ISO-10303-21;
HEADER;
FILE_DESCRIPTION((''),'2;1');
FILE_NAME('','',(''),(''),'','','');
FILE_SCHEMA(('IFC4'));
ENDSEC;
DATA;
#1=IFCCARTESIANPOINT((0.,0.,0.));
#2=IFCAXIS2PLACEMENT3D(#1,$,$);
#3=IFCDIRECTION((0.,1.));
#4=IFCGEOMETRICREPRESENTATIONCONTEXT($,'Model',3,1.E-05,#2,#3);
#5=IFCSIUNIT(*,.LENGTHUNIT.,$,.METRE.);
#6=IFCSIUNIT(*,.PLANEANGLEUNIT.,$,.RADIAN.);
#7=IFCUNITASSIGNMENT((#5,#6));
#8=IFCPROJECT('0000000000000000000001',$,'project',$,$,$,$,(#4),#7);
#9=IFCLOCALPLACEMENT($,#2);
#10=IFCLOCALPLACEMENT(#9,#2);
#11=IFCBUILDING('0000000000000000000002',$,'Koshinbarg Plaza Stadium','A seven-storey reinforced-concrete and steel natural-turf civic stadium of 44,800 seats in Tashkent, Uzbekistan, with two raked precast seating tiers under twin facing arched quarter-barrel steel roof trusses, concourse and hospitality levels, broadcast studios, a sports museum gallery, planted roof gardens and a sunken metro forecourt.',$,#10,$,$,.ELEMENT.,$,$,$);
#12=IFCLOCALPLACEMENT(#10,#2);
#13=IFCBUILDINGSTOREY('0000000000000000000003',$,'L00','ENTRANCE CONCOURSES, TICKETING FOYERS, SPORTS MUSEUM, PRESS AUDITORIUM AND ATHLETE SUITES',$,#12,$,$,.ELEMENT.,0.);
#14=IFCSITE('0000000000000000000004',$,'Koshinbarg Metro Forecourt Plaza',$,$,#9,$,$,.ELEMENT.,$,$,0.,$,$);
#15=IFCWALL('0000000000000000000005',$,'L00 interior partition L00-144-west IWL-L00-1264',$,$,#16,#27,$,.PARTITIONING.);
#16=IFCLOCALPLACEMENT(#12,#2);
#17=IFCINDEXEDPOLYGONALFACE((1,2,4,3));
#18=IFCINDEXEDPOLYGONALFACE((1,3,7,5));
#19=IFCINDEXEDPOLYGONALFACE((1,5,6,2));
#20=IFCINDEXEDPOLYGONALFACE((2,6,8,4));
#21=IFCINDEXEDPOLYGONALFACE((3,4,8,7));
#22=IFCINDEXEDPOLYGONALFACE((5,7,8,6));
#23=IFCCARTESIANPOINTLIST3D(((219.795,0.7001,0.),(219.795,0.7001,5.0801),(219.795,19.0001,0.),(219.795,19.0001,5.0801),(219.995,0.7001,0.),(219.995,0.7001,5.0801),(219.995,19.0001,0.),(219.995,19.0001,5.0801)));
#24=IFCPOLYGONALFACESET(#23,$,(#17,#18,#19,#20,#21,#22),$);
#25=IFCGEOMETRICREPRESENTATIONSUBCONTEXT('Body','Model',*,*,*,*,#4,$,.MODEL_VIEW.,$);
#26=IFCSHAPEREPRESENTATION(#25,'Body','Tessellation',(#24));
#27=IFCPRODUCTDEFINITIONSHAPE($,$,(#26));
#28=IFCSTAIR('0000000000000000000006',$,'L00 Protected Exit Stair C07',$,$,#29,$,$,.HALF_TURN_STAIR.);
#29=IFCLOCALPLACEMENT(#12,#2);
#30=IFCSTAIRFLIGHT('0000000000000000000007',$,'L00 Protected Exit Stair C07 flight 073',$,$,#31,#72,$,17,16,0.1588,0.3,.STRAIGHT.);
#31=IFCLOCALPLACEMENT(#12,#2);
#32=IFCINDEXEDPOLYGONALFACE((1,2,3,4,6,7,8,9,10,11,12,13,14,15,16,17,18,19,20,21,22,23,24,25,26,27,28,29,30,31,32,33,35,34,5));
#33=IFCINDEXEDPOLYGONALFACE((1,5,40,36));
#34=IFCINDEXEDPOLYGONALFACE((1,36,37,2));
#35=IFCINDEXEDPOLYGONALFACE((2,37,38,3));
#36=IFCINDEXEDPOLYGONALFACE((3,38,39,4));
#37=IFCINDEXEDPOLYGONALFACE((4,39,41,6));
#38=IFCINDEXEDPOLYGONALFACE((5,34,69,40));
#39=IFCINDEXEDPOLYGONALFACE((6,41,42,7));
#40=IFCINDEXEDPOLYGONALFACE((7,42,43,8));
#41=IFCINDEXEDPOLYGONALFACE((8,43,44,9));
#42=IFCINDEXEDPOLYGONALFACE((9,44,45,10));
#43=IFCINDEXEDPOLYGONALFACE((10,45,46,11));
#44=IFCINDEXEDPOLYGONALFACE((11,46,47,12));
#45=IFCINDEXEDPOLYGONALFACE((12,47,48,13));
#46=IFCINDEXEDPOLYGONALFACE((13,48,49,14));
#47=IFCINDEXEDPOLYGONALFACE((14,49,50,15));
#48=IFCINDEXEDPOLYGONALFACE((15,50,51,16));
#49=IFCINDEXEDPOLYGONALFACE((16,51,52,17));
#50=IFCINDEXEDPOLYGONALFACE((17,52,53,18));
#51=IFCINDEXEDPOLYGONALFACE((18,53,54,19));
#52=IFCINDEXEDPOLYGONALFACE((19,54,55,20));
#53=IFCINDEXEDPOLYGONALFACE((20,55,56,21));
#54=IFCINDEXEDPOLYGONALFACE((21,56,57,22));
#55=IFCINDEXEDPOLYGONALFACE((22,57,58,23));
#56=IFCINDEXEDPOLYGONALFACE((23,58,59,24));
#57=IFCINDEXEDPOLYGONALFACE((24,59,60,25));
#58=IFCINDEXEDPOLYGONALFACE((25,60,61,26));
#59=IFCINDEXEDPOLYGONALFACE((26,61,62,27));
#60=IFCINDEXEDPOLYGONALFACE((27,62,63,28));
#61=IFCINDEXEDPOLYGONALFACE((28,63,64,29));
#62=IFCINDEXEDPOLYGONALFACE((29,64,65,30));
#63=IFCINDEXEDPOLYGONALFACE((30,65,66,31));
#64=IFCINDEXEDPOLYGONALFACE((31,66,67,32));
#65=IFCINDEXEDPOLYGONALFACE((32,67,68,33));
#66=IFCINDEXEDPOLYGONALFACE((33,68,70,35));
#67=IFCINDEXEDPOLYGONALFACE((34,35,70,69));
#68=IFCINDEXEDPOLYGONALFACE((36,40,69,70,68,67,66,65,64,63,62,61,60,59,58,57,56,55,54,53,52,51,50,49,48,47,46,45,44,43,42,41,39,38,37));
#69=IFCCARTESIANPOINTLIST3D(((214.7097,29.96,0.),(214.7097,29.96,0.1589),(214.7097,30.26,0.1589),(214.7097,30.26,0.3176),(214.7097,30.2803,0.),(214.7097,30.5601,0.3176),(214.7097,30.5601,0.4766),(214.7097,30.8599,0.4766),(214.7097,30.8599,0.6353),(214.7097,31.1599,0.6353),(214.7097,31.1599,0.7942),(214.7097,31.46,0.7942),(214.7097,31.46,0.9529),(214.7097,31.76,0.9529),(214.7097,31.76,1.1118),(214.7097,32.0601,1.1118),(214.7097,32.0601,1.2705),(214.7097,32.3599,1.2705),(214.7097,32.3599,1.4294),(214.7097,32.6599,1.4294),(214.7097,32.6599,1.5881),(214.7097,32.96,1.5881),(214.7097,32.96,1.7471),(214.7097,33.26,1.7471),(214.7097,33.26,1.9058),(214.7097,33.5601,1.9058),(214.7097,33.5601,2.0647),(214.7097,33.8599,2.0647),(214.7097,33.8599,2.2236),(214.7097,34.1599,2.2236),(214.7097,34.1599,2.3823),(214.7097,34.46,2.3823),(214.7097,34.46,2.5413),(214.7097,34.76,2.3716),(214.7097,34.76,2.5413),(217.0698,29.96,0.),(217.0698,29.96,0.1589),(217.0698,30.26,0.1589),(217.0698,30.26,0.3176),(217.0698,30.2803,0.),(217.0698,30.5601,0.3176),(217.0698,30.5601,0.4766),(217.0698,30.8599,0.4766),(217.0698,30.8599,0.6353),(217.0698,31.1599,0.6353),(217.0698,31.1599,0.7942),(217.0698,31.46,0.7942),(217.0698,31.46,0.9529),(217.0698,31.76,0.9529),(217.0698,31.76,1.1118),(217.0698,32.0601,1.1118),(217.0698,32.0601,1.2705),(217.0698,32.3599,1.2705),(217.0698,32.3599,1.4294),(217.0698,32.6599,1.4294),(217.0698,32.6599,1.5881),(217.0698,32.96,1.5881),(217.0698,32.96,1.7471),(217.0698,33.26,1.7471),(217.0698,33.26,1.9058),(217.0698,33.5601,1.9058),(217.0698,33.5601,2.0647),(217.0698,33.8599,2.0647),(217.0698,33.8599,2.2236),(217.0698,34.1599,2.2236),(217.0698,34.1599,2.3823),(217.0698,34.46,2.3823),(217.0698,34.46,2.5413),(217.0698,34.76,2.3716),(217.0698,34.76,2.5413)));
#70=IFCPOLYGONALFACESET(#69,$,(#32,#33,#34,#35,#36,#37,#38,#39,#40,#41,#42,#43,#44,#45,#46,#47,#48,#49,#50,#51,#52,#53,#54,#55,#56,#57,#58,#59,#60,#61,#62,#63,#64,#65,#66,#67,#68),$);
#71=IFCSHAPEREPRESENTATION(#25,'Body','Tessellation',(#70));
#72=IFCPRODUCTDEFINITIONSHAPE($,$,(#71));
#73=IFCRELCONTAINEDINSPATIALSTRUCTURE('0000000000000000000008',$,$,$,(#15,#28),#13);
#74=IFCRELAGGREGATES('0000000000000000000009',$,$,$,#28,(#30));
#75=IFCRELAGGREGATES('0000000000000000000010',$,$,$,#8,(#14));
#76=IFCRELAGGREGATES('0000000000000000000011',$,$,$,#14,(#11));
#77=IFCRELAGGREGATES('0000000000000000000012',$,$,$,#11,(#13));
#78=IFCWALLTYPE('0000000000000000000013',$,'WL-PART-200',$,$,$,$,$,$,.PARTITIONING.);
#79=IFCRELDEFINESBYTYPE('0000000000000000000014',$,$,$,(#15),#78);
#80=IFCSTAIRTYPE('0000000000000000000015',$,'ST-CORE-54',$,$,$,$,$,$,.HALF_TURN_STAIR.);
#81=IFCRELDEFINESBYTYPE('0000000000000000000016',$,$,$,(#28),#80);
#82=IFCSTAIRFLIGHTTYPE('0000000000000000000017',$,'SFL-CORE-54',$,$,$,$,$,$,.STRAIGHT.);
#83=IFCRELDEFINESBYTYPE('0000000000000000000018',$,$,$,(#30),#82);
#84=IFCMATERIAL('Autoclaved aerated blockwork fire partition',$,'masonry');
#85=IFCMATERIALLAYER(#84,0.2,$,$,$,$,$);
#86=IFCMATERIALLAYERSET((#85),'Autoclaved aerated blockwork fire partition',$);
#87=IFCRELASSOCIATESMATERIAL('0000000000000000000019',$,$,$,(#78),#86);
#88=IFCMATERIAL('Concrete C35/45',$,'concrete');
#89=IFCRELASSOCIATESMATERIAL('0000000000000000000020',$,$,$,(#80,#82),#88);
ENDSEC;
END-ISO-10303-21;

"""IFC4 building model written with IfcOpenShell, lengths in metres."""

from ifc_helpers import new_model, si_unit, direction, frame, frame_2d, origin, place, context, subcontext, project, spatial, polyline, rectangle, outline, extrude, material, layer, layer_set, type_object, element, aggregate, save


model = new_model("IFC4")

# Units and contexts
model_context = context("Model", 3, precision=1e-05, world=origin(), true_north=direction((0.0, 1.0)))
body_context = subcontext(model_context, "Body", "Model", "MODEL_VIEW")
ifc_project = project(units=[si_unit("LENGTHUNIT", "METRE"), si_unit("PLANEANGLEUNIT", "RADIAN")], contexts=[model_context])

# Site, building, storey
site_placement = place(None, origin())
site = spatial("IfcSite", under=ifc_project, at=site_placement, Name="Koshinbarg Metro Forecourt Plaza", CompositionType="ELEMENT", RefElevation=0.0)
building_placement = place(site_placement, origin())
building = spatial("IfcBuilding", under=site, at=building_placement, Name="Koshinbarg Plaza Stadium", Description="A seven-storey reinforced-concrete and steel natural-turf civic stadium of 44,800 seats in Tashkent, Uzbekistan, with two raked precast seating tiers under twin facing arched quarter-barrel steel roof trusses, concourse and hospitality levels, broadcast studios, a sports museum gallery, planted roof gardens and a sunken metro forecourt.", CompositionType="ELEMENT")
storey_placement = place(building_placement, origin())
storey = spatial("IfcBuildingStorey", under=building, at=storey_placement, Name="L00", Description="ENTRANCE CONCOURSES, TICKETING FOYERS, SPORTS MUSEUM, PRESS AUDITORIUM AND ATHLETE SUITES", CompositionType="ELEMENT", Elevation=0.0)

# Shared definitions
ifc_material_1 = material(Name="Concrete C35/45", Category="concrete")

# Shared definitions
ifc_material_2 = material(Name="Autoclaved aerated blockwork fire partition", Category="masonry")
ifc_layer_1 = layer(ifc_material_2, 0.2)
ifc_layer_set_1 = layer_set([ifc_layer_1], Name="Autoclaved aerated blockwork fire partition")
wall_type_1 = type_object("IfcWallType", Name="WL-PART-200", PredefinedType="PARTITIONING", material=ifc_layer_set_1)

# Wall
wall_1_placement = place(storey_placement, frame((219.895, 19.0, 0.0), z_axis=(0.0, 0.0, 1.0), x_axis=(0.0, -1.0, 0.0)))
element("IfcWall", 1, at=wall_1_placement, inside=storey, type_object=wall_type_1, Name="L00 interior partition L00-144-west IWL-L00-1264", PredefinedType="PARTITIONING", context=body_context, shape_type="SweptSolid", body=[
    extrude(rectangle(XDim=18.3, YDim=0.2, at=frame_2d((9.1499, 0.0))), origin(), (0.0, 0.0, 1.0), 5.0801),
])

# Stair, stair flight
stair_type = type_object("IfcStairType", Name="ST-CORE-54", PredefinedType="HALF_TURN_STAIR", material=ifc_material_1)
stair_placement = place(storey_placement, origin())
stair = element("IfcStair", 2, at=stair_placement, inside=storey, type_object=stair_type, Name="L00 Protected Exit Stair C07", PredefinedType="HALF_TURN_STAIR")
stair_flight_type = type_object("IfcStairFlightType", Name="SFL-CORE-54", PredefinedType="STRAIGHT", material=ifc_material_1)
stair_flight_placement = place(storey_placement, frame((215.8899, 29.96, 0.0), z_axis=(0.0, 0.0, 1.0), x_axis=(0.0, 1.0, 0.0)))
stair_flight = element("IfcStairFlight", 3, at=stair_flight_placement, type_object=stair_flight_type, Name="L00 Protected Exit Stair C07 flight 073", NumberOfRisers=17, NumberOfTreads=16, PredefinedType="STRAIGHT", RiserHeight=0.1588, TreadLength=0.3, context=body_context, shape_type="SweptSolid", body=[
    extrude(outline(polyline([(0.0, 0.0), (0.0, 0.1589), (0.3, 0.1589), (0.3, 0.3176), (0.6001, 0.3176), (0.6001, 0.4766), (0.8999, 0.4766), (0.8999, 0.6353), (1.2, 0.6353), (1.2, 0.7942), (1.5, 0.7942), (1.5, 0.9529), (1.8, 0.9529), (1.8, 1.1118), (2.1001, 1.1118), (2.1001, 1.2705), (2.3999, 1.2705), (2.3999, 1.4294), (2.7, 1.4294), (2.7, 1.5881), (3.0, 1.5881), (3.0, 1.7471), (3.3, 1.7471), (3.3, 1.9058), (3.6001, 1.9058), (3.6001, 2.0647), (3.8999, 2.0647), (3.8999, 2.2236), (4.2, 2.2236), (4.2, 2.3823), (4.5, 2.3823), (4.5, 2.5413), (4.8, 2.5413), (4.8, 2.7), (4.8, 2.3716), (0.3203, 0.0), (0.0, 0.0)])), frame((0.0, 1.1802, 0.0), z_axis=(0.0, -1.0, 0.0), x_axis=(1.0, 0.0, 0.0)), (0.0, 0.0, 1.0), 2.3601),
])
aggregate(stair, [stair_flight])

save(model, "model.ifc")
